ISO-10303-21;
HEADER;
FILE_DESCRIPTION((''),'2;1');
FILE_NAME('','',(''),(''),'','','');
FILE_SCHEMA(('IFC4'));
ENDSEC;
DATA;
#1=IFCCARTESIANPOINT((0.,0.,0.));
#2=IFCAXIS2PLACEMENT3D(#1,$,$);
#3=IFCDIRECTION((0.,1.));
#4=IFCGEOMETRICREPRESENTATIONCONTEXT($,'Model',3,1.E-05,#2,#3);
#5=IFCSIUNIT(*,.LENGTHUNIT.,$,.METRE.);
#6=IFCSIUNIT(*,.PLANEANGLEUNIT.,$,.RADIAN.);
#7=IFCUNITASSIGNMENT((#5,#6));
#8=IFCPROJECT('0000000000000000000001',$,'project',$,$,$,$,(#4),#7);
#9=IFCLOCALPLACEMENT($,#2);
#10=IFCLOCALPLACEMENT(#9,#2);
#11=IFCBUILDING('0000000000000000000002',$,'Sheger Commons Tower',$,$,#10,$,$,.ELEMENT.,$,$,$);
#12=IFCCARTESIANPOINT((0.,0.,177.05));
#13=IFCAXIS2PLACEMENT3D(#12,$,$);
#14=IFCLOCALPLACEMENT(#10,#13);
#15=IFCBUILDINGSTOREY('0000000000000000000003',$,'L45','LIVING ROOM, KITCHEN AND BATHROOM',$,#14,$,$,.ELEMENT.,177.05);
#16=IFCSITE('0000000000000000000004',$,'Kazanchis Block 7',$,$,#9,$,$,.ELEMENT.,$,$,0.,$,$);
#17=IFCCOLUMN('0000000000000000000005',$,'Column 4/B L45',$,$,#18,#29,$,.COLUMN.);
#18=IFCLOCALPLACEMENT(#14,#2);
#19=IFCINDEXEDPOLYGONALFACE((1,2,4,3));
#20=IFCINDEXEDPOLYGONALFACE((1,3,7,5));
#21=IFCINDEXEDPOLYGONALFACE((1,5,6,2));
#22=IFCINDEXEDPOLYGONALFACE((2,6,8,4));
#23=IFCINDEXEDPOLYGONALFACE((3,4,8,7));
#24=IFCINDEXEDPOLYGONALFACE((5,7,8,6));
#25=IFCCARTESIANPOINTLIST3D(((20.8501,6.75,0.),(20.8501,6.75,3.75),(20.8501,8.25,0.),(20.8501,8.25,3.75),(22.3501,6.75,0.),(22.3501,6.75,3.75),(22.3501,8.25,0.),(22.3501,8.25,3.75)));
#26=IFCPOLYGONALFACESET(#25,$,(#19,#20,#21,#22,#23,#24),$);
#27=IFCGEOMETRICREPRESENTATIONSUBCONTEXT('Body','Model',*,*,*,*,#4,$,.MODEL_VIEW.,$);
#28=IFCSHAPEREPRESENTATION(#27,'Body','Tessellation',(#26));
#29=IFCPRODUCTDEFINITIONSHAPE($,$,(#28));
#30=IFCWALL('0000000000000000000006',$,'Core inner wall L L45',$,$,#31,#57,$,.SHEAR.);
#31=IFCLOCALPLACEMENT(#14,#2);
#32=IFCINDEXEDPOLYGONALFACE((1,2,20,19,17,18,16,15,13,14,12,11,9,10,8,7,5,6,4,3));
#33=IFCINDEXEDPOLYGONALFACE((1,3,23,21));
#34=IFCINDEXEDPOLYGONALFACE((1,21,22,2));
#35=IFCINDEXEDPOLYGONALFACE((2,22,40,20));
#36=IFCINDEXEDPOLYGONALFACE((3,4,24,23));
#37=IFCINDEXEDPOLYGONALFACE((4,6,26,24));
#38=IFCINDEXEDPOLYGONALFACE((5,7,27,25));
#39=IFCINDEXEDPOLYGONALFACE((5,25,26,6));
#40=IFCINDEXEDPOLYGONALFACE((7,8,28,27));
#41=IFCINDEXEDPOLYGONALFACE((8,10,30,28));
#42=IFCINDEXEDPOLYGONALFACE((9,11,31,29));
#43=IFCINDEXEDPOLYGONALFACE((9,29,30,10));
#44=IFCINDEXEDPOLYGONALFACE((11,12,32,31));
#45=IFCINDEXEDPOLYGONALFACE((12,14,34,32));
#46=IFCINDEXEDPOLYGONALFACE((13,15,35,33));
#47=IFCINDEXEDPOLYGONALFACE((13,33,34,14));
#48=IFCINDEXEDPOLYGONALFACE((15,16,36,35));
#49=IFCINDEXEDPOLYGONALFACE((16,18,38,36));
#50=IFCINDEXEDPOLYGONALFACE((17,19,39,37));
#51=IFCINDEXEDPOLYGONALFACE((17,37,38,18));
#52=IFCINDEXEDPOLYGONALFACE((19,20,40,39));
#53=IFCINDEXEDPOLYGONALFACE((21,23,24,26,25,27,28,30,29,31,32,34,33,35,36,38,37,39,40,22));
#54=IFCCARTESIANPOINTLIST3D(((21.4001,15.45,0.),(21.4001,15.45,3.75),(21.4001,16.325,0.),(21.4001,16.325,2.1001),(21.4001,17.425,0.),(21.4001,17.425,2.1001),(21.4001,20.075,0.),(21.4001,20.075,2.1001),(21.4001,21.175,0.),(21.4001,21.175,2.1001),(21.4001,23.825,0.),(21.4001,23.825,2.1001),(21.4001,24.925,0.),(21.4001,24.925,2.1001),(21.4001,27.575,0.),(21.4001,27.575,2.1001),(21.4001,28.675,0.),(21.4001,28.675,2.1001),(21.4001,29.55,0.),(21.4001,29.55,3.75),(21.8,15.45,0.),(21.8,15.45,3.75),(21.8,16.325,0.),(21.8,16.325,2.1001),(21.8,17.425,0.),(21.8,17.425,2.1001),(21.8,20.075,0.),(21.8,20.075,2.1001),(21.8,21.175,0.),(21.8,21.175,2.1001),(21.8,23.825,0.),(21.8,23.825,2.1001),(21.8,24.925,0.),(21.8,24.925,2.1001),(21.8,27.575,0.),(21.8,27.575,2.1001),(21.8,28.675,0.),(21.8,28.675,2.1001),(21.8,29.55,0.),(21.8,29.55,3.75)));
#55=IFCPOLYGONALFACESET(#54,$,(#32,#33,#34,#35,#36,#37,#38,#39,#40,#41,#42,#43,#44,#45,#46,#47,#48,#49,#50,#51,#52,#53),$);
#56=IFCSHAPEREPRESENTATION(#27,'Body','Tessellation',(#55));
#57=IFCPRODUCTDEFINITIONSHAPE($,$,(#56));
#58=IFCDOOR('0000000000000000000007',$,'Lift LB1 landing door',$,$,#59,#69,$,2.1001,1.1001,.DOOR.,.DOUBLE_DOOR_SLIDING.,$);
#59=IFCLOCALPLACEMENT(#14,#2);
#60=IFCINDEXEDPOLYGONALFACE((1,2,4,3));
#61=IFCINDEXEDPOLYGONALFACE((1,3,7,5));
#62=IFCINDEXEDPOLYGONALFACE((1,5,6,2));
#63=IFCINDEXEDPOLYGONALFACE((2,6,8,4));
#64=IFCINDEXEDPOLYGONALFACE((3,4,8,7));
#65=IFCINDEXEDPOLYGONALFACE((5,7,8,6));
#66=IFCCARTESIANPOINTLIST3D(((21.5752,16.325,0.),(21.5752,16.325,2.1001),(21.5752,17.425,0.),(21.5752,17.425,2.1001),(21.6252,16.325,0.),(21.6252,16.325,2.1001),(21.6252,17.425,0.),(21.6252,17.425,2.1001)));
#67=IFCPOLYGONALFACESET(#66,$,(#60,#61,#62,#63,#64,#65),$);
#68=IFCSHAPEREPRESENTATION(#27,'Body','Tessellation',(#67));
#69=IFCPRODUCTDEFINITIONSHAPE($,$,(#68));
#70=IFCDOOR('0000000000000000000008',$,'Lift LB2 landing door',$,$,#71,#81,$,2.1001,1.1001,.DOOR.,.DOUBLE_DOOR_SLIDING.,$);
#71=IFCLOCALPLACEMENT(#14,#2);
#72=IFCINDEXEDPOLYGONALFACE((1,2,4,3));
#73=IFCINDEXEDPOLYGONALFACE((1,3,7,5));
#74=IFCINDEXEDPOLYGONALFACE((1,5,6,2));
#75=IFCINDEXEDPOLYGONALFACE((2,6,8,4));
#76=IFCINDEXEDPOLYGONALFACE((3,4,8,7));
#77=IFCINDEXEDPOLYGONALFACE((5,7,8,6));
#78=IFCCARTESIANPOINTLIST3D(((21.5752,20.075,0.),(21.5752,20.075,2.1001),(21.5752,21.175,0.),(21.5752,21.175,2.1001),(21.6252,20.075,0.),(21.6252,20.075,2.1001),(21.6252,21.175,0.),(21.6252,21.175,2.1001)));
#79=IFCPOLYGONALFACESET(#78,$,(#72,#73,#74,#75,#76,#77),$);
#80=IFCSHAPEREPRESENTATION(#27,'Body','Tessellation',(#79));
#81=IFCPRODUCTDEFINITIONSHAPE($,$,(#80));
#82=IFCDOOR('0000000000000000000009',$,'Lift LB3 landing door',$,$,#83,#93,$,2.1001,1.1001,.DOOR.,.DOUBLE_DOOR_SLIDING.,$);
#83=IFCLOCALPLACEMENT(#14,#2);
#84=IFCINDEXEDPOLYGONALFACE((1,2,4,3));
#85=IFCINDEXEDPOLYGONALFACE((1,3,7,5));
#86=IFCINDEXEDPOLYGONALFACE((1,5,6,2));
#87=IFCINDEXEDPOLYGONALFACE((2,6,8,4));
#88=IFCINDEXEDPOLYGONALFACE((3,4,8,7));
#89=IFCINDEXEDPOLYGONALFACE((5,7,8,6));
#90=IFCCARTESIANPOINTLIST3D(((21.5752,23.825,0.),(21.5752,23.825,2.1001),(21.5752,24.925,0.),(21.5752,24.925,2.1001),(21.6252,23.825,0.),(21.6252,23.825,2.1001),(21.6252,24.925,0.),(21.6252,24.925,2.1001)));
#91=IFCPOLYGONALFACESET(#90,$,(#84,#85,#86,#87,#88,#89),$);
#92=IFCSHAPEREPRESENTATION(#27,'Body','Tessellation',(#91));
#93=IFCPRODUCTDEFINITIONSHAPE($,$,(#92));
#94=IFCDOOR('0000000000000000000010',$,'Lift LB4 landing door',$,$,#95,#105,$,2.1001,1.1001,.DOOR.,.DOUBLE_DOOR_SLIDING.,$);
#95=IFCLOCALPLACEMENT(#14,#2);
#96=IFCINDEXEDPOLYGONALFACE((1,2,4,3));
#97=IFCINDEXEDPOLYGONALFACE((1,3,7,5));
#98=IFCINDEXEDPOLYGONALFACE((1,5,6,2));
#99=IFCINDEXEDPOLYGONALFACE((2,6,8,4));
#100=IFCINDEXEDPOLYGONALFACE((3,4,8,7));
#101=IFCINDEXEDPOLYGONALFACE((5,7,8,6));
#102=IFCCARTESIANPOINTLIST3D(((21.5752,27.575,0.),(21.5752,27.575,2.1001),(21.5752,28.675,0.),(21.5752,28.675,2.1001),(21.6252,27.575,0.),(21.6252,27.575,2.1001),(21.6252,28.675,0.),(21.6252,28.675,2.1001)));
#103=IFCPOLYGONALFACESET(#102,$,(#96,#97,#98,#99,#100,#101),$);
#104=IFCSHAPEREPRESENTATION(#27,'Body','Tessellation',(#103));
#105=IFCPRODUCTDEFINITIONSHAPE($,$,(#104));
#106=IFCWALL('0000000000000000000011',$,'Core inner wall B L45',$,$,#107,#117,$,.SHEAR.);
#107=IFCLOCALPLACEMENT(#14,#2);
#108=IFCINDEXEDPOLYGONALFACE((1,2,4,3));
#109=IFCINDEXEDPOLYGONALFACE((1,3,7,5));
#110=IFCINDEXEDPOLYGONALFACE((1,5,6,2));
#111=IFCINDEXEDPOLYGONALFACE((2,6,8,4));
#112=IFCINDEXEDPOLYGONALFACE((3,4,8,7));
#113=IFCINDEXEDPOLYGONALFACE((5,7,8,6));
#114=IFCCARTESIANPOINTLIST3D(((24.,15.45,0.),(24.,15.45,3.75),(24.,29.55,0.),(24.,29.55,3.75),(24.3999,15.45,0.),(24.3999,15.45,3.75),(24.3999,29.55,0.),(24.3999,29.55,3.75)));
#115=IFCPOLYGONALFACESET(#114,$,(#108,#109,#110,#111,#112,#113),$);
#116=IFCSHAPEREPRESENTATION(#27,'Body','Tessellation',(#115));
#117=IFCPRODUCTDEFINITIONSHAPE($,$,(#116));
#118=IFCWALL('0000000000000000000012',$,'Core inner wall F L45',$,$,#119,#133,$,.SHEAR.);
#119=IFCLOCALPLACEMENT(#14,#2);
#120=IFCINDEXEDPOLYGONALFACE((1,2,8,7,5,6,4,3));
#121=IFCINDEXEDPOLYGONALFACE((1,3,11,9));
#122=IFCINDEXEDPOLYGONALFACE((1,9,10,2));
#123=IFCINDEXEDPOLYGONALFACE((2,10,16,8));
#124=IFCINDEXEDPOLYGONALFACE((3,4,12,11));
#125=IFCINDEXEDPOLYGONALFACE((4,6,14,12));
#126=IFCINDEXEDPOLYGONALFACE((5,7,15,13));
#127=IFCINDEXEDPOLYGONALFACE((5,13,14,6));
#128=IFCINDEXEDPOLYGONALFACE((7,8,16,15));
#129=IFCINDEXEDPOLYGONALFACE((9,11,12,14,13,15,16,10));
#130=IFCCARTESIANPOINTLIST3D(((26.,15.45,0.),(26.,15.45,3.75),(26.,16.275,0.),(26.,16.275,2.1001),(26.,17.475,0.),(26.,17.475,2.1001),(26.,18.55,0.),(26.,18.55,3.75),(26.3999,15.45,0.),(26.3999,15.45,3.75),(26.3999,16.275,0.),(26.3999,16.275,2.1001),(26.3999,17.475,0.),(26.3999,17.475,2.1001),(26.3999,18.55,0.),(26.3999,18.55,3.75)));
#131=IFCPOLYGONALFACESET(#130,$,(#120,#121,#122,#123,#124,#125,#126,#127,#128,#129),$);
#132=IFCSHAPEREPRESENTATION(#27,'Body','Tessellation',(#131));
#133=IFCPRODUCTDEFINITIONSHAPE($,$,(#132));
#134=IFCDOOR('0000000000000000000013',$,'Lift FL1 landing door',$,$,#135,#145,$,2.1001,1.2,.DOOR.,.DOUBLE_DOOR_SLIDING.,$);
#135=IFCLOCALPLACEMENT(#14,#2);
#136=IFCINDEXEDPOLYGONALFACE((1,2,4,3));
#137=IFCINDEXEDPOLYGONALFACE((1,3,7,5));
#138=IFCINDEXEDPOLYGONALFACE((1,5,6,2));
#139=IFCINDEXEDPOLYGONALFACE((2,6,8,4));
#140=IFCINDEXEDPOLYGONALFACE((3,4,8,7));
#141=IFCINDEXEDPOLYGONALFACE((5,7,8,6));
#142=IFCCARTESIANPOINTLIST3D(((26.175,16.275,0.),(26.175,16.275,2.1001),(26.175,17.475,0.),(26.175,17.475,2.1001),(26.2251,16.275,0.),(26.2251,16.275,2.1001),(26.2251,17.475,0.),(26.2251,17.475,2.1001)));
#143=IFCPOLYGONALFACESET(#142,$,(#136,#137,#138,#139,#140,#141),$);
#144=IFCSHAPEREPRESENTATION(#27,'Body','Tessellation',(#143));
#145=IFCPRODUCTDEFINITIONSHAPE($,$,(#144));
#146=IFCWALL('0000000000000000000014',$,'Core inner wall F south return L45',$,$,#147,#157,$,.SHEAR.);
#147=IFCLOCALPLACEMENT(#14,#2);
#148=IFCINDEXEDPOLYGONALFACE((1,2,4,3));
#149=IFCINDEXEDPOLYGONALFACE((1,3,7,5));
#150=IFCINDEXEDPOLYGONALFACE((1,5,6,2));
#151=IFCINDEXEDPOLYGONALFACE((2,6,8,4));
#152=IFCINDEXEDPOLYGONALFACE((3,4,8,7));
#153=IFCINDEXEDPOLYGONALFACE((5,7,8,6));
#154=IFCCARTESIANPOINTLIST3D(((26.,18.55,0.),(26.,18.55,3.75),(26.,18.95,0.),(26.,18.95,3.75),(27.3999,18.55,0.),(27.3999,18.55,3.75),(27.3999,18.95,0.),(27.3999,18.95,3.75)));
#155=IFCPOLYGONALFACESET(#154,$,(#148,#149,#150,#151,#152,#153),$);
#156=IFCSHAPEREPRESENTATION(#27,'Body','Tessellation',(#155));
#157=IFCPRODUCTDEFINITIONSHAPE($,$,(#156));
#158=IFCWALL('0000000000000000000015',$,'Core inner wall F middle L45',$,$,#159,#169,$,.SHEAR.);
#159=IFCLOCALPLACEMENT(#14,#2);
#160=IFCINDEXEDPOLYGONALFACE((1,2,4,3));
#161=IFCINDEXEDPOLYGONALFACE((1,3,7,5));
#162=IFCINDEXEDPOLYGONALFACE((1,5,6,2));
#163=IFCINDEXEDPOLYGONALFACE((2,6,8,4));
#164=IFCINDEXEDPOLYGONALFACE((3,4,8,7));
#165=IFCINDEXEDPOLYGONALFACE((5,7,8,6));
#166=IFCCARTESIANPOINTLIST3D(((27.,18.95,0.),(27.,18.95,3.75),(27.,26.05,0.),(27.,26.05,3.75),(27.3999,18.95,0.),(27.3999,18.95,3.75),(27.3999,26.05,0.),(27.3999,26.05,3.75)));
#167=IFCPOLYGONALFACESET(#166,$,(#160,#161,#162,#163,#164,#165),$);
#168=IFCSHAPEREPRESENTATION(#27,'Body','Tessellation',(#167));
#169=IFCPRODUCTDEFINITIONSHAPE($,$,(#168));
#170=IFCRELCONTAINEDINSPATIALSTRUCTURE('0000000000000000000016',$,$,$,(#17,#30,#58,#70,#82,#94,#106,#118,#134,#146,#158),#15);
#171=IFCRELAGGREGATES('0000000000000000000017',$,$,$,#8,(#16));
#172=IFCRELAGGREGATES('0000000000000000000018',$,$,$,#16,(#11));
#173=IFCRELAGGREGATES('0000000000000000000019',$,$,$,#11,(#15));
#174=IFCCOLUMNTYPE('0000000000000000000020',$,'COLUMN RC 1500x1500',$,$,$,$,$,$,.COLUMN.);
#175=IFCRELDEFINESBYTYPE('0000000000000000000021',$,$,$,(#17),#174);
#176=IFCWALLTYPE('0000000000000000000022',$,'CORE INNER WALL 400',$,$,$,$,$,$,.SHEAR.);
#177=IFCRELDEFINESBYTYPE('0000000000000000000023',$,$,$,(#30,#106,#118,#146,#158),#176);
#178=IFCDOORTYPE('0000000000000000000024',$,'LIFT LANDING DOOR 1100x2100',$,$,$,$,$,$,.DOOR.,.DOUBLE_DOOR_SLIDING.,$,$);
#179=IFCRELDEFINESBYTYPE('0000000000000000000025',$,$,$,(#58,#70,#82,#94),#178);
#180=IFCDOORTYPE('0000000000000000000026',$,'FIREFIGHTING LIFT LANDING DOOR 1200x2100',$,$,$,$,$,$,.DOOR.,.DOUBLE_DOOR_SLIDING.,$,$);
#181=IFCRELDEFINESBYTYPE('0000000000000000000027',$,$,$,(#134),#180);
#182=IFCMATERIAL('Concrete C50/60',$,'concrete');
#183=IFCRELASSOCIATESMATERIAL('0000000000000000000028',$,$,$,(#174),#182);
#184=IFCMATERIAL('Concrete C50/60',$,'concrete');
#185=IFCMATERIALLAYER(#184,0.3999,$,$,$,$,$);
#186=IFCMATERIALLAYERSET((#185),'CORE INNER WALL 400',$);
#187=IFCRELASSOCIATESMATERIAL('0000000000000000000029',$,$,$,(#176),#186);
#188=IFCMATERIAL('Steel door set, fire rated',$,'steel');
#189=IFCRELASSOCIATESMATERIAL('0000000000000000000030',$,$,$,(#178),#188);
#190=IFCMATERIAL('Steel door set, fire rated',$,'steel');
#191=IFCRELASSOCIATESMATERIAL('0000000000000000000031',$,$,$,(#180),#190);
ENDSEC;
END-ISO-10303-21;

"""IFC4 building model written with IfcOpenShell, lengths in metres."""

from ifc_helpers import new_model, si_unit, direction, frame, frame_2d, origin, origin_2d, place, context, subcontext, project, spatial, rectangle, extrude, material, layer, layer_set, material_profile, profile_set, type_object, element, fill, save


model = new_model("IFC4")

# Units and contexts
model_context = context("Model", 3, precision=1e-05, world=origin(), true_north=direction((0.0, 1.0)))
body_context = subcontext(model_context, "Body", "Model", "MODEL_VIEW")
ifc_project = project(units=[si_unit("LENGTHUNIT", "METRE"), si_unit("PLANEANGLEUNIT", "RADIAN")], contexts=[model_context])

# Site, building, storey
site_placement = place(None, origin())
site = spatial("IfcSite", under=ifc_project, at=site_placement, Name="Kazanchis Block 7", CompositionType="ELEMENT", RefElevation=0.0)
building_placement = place(site_placement, origin())
building = spatial("IfcBuilding", under=site, at=building_placement, Name="Sheger Commons Tower", CompositionType="ELEMENT")
storey_placement = place(building_placement, frame((0.0, 0.0, 177.05)))
storey = spatial("IfcBuildingStorey", under=building, at=storey_placement, Name="L45", Description="LIVING ROOM, KITCHEN AND BATHROOM", CompositionType="ELEMENT", Elevation=177.05)

# Column
ifc_material_1 = material(Name="Concrete C50/60", Category="concrete")
ifc_material_profile = material_profile(ifc_material_1, rectangle(XDim=1.5, YDim=1.5, at=origin_2d()), Name="RC 1500x1500")
ifc_profile_set = profile_set([ifc_material_profile], Name="Concrete C50/60")
column_type = type_object("IfcColumnType", Name="COLUMN RC 1500x1500", PredefinedType="COLUMN", material=ifc_profile_set)
column_placement = place(storey_placement, frame((21.6001, 7.5, 0.0), z_axis=(0.0, 0.0, 1.0), x_axis=(1.0, 0.0, 0.0)))
element("IfcColumn", 1, at=column_placement, inside=storey, type_object=column_type, Name="Column 4/B L45", PredefinedType="COLUMN", context=body_context, shape_type="SweptSolid", body=[
    extrude(rectangle(XDim=1.5, YDim=1.5, at=origin_2d()), origin(), (0.0, 0.0, 1.0), 3.75),
])

# Wall, openings, doors
ifc_material_2 = material(Name="Concrete C50/60", Category="concrete")
ifc_layer_1 = layer(ifc_material_2, 0.3999)
ifc_layer_set_1 = layer_set([ifc_layer_1], Name="CORE INNER WALL 400")
wall_type_1 = type_object("IfcWallType", Name="CORE INNER WALL 400", PredefinedType="SHEAR", material=ifc_layer_set_1)
wall_1_placement = place(storey_placement, frame((21.6001, 15.45, 0.0), z_axis=(0.0, 0.0, 1.0), x_axis=(0.0, 1.0, 0.0)))
wall_1 = element("IfcWall", 2, at=wall_1_placement, inside=storey, type_object=wall_type_1, Name="Core inner wall L L45", PredefinedType="SHEAR", context=body_context, shape_type="SweptSolid", body=[
    extrude(rectangle(XDim=14.1001, YDim=0.3999, at=frame_2d((7.05, 0.0))), origin(), (0.0, 0.0, 1.0), 3.75),
])
opening_1_placement = place(wall_1_placement, frame((0.875, 0.0, 0.0)))
opening_1 = element("IfcOpeningElement", 3, at=opening_1_placement, cuts=wall_1, PredefinedType="OPENING", context=body_context, shape_type="SweptSolid", body=[
    extrude(rectangle(XDim=1.1001, YDim=2.1001, at=frame_2d((0.55, 1.05))), frame((0.0, 0.21, 0.0), z_axis=(0.0, -1.0, 0.0), x_axis=(1.0, 0.0, 0.0)), (0.0, 0.0, 1.0), 0.4199),
])
opening_2_placement = place(wall_1_placement, frame((4.625, 0.0, 0.0)))
opening_2 = element("IfcOpeningElement", 4, at=opening_2_placement, cuts=wall_1, PredefinedType="OPENING", context=body_context, shape_type="SweptSolid", body=[
    extrude(rectangle(XDim=1.1001, YDim=2.1001, at=frame_2d((0.55, 1.05))), frame((0.0, 0.21, 0.0), z_axis=(0.0, -1.0, 0.0), x_axis=(1.0, 0.0, 0.0)), (0.0, 0.0, 1.0), 0.4199),
])
opening_3_placement = place(wall_1_placement, frame((8.375, 0.0, 0.0)))
opening_3 = element("IfcOpeningElement", 5, at=opening_3_placement, cuts=wall_1, PredefinedType="OPENING", context=body_context, shape_type="SweptSolid", body=[
    extrude(rectangle(XDim=1.1001, YDim=2.1001, at=frame_2d((0.55, 1.05))), frame((0.0, 0.21, 0.0), z_axis=(0.0, -1.0, 0.0), x_axis=(1.0, 0.0, 0.0)), (0.0, 0.0, 1.0), 0.4199),
])
opening_4_placement = place(wall_1_placement, frame((12.125, 0.0, 0.0)))
opening_4 = element("IfcOpeningElement", 6, at=opening_4_placement, cuts=wall_1, PredefinedType="OPENING", context=body_context, shape_type="SweptSolid", body=[
    extrude(rectangle(XDim=1.1001, YDim=2.1001, at=frame_2d((0.55, 1.05))), frame((0.0, 0.21, 0.0), z_axis=(0.0, -1.0, 0.0), x_axis=(1.0, 0.0, 0.0)), (0.0, 0.0, 1.0), 0.4199),
])
ifc_material_3 = material(Name="Steel door set, fire rated", Category="steel")
door_type_1 = type_object("IfcDoorType", Name="LIFT LANDING DOOR 1100x2100", OperationType="DOUBLE_DOOR_SLIDING", PredefinedType="DOOR", material=ifc_material_3)
door_1_placement = place(opening_1_placement, origin())
door_1 = element("IfcDoor", 7, at=door_1_placement, inside=storey, type_object=door_type_1, Name="Lift LB1 landing door", OperationType="DOUBLE_DOOR_SLIDING", OverallHeight=2.1001, OverallWidth=1.1001, PredefinedType="DOOR", context=body_context, shape_type="SweptSolid", body=[
    extrude(rectangle(XDim=1.1001, YDim=2.1001, at=frame_2d((0.55, 1.05))), frame((0.0, 0.0249, 0.0), z_axis=(0.0, -1.0, 0.0), x_axis=(1.0, 0.0, 0.0)), (0.0, 0.0, 1.0), 0.05),
])
fill(opening_1, door_1)
door_2_placement = place(opening_2_placement, origin())
door_2 = element("IfcDoor", 8, at=door_2_placement, inside=storey, type_object=door_type_1, Name="Lift LB2 landing door", OperationType="DOUBLE_DOOR_SLIDING", OverallHeight=2.1001, OverallWidth=1.1001, PredefinedType="DOOR", context=body_context, shape_type="SweptSolid", body=[
    extrude(rectangle(XDim=1.1001, YDim=2.1001, at=frame_2d((0.55, 1.05))), frame((0.0, 0.0249, 0.0), z_axis=(0.0, -1.0, 0.0), x_axis=(1.0, 0.0, 0.0)), (0.0, 0.0, 1.0), 0.05),
])
fill(opening_2, door_2)
door_3_placement = place(opening_3_placement, origin())
door_3 = element("IfcDoor", 9, at=door_3_placement, inside=storey, type_object=door_type_1, Name="Lift LB3 landing door", OperationType="DOUBLE_DOOR_SLIDING", OverallHeight=2.1001, OverallWidth=1.1001, PredefinedType="DOOR", context=body_context, shape_type="SweptSolid", body=[
    extrude(rectangle(XDim=1.1001, YDim=2.1001, at=frame_2d((0.55, 1.05))), frame((0.0, 0.0249, 0.0), z_axis=(0.0, -1.0, 0.0), x_axis=(1.0, 0.0, 0.0)), (0.0, 0.0, 1.0), 0.05),
])
fill(opening_3, door_3)
door_4_placement = place(opening_4_placement, origin())
door_4 = element("IfcDoor", 10, at=door_4_placement, inside=storey, type_object=door_type_1, Name="Lift LB4 landing door", OperationType="DOUBLE_DOOR_SLIDING", OverallHeight=2.1001, OverallWidth=1.1001, PredefinedType="DOOR", context=body_context, shape_type="SweptSolid", body=[
    extrude(rectangle(XDim=1.1001, YDim=2.1001, at=frame_2d((0.55, 1.05))), frame((0.0, 0.0249, 0.0), z_axis=(0.0, -1.0, 0.0), x_axis=(1.0, 0.0, 0.0)), (0.0, 0.0, 1.0), 0.05),
])
fill(opening_4, door_4)

# Wall
wall_2_placement = place(storey_placement, frame((24.2, 15.45, 0.0), z_axis=(0.0, 0.0, 1.0), x_axis=(0.0, 1.0, 0.0)))
element("IfcWall", 11, at=wall_2_placement, inside=storey, type_object=wall_type_1, Name="Core inner wall B L45", PredefinedType="SHEAR", context=body_context, shape_type="SweptSolid", body=[
    extrude(rectangle(XDim=14.1001, YDim=0.3999, at=frame_2d((7.05, 0.0))), origin(), (0.0, 0.0, 1.0), 3.75),
])

# Wall, opening, door
wall_3_placement = place(storey_placement, frame((26.2, 15.45, 0.0), z_axis=(0.0, 0.0, 1.0), x_axis=(0.0, 1.0, 0.0)))
wall_3 = element("IfcWall", 12, at=wall_3_placement, inside=storey, type_object=wall_type_1, Name="Core inner wall F L45", PredefinedType="SHEAR", context=body_context, shape_type="SweptSolid", body=[
    extrude(rectangle(XDim=3.1001, YDim=0.3999, at=frame_2d((1.55, 0.0))), origin(), (0.0, 0.0, 1.0), 3.75),
])
opening_5_placement = place(wall_3_placement, frame((0.825, 0.0, 0.0)))
opening_5 = element("IfcOpeningElement", 13, at=opening_5_placement, cuts=wall_3, PredefinedType="OPENING", context=body_context, shape_type="SweptSolid", body=[
    extrude(rectangle(XDim=1.2, YDim=2.1001, at=frame_2d((0.6001, 1.05))), frame((0.0, 0.21, 0.0), z_axis=(0.0, -1.0, 0.0), x_axis=(1.0, 0.0, 0.0)), (0.0, 0.0, 1.0), 0.4199),
])
ifc_material_4 = material(Name="Steel door set, fire rated", Category="steel")
door_type_2 = type_object("IfcDoorType", Name="FIREFIGHTING LIFT LANDING DOOR 1200x2100", OperationType="DOUBLE_DOOR_SLIDING", PredefinedType="DOOR", material=ifc_material_4)
door_5_placement = place(opening_5_placement, origin())
door_5 = element("IfcDoor", 14, at=door_5_placement, inside=storey, type_object=door_type_2, Name="Lift FL1 landing door", OperationType="DOUBLE_DOOR_SLIDING", OverallHeight=2.1001, OverallWidth=1.2, PredefinedType="DOOR", context=body_context, shape_type="SweptSolid", body=[
    extrude(rectangle(XDim=1.2, YDim=2.1001, at=frame_2d((0.6001, 1.05))), frame((0.0, 0.0249, 0.0), z_axis=(0.0, -1.0, 0.0), x_axis=(1.0, 0.0, 0.0)), (0.0, 0.0, 1.0), 0.05),
])
fill(opening_5, door_5)

# Walls
wall_4_placement = place(storey_placement, frame((26.0, 18.75, 0.0), z_axis=(0.0, 0.0, 1.0), x_axis=(1.0, 0.0, 0.0)))
element("IfcWall", 15, at=wall_4_placement, inside=storey, type_object=wall_type_1, Name="Core inner wall F south return L45", PredefinedType="SHEAR", context=body_context, shape_type="SweptSolid", body=[
    extrude(rectangle(XDim=1.3999, YDim=0.3999, at=frame_2d((0.7, 0.0))), origin(), (0.0, 0.0, 1.0), 3.75),
])
wall_5_placement = place(storey_placement, frame((27.2, 18.95, 0.0), z_axis=(0.0, 0.0, 1.0), x_axis=(0.0, 1.0, 0.0)))
element("IfcWall", 16, at=wall_5_placement, inside=storey, type_object=wall_type_1, Name="Core inner wall F middle L45", PredefinedType="SHEAR", context=body_context, shape_type="SweptSolid", body=[
    extrude(rectangle(XDim=7.1001, YDim=0.3999, at=frame_2d((3.55, 0.0))), origin(), (0.0, 0.0, 1.0), 3.75),
])

save(model, "model.ifc")
